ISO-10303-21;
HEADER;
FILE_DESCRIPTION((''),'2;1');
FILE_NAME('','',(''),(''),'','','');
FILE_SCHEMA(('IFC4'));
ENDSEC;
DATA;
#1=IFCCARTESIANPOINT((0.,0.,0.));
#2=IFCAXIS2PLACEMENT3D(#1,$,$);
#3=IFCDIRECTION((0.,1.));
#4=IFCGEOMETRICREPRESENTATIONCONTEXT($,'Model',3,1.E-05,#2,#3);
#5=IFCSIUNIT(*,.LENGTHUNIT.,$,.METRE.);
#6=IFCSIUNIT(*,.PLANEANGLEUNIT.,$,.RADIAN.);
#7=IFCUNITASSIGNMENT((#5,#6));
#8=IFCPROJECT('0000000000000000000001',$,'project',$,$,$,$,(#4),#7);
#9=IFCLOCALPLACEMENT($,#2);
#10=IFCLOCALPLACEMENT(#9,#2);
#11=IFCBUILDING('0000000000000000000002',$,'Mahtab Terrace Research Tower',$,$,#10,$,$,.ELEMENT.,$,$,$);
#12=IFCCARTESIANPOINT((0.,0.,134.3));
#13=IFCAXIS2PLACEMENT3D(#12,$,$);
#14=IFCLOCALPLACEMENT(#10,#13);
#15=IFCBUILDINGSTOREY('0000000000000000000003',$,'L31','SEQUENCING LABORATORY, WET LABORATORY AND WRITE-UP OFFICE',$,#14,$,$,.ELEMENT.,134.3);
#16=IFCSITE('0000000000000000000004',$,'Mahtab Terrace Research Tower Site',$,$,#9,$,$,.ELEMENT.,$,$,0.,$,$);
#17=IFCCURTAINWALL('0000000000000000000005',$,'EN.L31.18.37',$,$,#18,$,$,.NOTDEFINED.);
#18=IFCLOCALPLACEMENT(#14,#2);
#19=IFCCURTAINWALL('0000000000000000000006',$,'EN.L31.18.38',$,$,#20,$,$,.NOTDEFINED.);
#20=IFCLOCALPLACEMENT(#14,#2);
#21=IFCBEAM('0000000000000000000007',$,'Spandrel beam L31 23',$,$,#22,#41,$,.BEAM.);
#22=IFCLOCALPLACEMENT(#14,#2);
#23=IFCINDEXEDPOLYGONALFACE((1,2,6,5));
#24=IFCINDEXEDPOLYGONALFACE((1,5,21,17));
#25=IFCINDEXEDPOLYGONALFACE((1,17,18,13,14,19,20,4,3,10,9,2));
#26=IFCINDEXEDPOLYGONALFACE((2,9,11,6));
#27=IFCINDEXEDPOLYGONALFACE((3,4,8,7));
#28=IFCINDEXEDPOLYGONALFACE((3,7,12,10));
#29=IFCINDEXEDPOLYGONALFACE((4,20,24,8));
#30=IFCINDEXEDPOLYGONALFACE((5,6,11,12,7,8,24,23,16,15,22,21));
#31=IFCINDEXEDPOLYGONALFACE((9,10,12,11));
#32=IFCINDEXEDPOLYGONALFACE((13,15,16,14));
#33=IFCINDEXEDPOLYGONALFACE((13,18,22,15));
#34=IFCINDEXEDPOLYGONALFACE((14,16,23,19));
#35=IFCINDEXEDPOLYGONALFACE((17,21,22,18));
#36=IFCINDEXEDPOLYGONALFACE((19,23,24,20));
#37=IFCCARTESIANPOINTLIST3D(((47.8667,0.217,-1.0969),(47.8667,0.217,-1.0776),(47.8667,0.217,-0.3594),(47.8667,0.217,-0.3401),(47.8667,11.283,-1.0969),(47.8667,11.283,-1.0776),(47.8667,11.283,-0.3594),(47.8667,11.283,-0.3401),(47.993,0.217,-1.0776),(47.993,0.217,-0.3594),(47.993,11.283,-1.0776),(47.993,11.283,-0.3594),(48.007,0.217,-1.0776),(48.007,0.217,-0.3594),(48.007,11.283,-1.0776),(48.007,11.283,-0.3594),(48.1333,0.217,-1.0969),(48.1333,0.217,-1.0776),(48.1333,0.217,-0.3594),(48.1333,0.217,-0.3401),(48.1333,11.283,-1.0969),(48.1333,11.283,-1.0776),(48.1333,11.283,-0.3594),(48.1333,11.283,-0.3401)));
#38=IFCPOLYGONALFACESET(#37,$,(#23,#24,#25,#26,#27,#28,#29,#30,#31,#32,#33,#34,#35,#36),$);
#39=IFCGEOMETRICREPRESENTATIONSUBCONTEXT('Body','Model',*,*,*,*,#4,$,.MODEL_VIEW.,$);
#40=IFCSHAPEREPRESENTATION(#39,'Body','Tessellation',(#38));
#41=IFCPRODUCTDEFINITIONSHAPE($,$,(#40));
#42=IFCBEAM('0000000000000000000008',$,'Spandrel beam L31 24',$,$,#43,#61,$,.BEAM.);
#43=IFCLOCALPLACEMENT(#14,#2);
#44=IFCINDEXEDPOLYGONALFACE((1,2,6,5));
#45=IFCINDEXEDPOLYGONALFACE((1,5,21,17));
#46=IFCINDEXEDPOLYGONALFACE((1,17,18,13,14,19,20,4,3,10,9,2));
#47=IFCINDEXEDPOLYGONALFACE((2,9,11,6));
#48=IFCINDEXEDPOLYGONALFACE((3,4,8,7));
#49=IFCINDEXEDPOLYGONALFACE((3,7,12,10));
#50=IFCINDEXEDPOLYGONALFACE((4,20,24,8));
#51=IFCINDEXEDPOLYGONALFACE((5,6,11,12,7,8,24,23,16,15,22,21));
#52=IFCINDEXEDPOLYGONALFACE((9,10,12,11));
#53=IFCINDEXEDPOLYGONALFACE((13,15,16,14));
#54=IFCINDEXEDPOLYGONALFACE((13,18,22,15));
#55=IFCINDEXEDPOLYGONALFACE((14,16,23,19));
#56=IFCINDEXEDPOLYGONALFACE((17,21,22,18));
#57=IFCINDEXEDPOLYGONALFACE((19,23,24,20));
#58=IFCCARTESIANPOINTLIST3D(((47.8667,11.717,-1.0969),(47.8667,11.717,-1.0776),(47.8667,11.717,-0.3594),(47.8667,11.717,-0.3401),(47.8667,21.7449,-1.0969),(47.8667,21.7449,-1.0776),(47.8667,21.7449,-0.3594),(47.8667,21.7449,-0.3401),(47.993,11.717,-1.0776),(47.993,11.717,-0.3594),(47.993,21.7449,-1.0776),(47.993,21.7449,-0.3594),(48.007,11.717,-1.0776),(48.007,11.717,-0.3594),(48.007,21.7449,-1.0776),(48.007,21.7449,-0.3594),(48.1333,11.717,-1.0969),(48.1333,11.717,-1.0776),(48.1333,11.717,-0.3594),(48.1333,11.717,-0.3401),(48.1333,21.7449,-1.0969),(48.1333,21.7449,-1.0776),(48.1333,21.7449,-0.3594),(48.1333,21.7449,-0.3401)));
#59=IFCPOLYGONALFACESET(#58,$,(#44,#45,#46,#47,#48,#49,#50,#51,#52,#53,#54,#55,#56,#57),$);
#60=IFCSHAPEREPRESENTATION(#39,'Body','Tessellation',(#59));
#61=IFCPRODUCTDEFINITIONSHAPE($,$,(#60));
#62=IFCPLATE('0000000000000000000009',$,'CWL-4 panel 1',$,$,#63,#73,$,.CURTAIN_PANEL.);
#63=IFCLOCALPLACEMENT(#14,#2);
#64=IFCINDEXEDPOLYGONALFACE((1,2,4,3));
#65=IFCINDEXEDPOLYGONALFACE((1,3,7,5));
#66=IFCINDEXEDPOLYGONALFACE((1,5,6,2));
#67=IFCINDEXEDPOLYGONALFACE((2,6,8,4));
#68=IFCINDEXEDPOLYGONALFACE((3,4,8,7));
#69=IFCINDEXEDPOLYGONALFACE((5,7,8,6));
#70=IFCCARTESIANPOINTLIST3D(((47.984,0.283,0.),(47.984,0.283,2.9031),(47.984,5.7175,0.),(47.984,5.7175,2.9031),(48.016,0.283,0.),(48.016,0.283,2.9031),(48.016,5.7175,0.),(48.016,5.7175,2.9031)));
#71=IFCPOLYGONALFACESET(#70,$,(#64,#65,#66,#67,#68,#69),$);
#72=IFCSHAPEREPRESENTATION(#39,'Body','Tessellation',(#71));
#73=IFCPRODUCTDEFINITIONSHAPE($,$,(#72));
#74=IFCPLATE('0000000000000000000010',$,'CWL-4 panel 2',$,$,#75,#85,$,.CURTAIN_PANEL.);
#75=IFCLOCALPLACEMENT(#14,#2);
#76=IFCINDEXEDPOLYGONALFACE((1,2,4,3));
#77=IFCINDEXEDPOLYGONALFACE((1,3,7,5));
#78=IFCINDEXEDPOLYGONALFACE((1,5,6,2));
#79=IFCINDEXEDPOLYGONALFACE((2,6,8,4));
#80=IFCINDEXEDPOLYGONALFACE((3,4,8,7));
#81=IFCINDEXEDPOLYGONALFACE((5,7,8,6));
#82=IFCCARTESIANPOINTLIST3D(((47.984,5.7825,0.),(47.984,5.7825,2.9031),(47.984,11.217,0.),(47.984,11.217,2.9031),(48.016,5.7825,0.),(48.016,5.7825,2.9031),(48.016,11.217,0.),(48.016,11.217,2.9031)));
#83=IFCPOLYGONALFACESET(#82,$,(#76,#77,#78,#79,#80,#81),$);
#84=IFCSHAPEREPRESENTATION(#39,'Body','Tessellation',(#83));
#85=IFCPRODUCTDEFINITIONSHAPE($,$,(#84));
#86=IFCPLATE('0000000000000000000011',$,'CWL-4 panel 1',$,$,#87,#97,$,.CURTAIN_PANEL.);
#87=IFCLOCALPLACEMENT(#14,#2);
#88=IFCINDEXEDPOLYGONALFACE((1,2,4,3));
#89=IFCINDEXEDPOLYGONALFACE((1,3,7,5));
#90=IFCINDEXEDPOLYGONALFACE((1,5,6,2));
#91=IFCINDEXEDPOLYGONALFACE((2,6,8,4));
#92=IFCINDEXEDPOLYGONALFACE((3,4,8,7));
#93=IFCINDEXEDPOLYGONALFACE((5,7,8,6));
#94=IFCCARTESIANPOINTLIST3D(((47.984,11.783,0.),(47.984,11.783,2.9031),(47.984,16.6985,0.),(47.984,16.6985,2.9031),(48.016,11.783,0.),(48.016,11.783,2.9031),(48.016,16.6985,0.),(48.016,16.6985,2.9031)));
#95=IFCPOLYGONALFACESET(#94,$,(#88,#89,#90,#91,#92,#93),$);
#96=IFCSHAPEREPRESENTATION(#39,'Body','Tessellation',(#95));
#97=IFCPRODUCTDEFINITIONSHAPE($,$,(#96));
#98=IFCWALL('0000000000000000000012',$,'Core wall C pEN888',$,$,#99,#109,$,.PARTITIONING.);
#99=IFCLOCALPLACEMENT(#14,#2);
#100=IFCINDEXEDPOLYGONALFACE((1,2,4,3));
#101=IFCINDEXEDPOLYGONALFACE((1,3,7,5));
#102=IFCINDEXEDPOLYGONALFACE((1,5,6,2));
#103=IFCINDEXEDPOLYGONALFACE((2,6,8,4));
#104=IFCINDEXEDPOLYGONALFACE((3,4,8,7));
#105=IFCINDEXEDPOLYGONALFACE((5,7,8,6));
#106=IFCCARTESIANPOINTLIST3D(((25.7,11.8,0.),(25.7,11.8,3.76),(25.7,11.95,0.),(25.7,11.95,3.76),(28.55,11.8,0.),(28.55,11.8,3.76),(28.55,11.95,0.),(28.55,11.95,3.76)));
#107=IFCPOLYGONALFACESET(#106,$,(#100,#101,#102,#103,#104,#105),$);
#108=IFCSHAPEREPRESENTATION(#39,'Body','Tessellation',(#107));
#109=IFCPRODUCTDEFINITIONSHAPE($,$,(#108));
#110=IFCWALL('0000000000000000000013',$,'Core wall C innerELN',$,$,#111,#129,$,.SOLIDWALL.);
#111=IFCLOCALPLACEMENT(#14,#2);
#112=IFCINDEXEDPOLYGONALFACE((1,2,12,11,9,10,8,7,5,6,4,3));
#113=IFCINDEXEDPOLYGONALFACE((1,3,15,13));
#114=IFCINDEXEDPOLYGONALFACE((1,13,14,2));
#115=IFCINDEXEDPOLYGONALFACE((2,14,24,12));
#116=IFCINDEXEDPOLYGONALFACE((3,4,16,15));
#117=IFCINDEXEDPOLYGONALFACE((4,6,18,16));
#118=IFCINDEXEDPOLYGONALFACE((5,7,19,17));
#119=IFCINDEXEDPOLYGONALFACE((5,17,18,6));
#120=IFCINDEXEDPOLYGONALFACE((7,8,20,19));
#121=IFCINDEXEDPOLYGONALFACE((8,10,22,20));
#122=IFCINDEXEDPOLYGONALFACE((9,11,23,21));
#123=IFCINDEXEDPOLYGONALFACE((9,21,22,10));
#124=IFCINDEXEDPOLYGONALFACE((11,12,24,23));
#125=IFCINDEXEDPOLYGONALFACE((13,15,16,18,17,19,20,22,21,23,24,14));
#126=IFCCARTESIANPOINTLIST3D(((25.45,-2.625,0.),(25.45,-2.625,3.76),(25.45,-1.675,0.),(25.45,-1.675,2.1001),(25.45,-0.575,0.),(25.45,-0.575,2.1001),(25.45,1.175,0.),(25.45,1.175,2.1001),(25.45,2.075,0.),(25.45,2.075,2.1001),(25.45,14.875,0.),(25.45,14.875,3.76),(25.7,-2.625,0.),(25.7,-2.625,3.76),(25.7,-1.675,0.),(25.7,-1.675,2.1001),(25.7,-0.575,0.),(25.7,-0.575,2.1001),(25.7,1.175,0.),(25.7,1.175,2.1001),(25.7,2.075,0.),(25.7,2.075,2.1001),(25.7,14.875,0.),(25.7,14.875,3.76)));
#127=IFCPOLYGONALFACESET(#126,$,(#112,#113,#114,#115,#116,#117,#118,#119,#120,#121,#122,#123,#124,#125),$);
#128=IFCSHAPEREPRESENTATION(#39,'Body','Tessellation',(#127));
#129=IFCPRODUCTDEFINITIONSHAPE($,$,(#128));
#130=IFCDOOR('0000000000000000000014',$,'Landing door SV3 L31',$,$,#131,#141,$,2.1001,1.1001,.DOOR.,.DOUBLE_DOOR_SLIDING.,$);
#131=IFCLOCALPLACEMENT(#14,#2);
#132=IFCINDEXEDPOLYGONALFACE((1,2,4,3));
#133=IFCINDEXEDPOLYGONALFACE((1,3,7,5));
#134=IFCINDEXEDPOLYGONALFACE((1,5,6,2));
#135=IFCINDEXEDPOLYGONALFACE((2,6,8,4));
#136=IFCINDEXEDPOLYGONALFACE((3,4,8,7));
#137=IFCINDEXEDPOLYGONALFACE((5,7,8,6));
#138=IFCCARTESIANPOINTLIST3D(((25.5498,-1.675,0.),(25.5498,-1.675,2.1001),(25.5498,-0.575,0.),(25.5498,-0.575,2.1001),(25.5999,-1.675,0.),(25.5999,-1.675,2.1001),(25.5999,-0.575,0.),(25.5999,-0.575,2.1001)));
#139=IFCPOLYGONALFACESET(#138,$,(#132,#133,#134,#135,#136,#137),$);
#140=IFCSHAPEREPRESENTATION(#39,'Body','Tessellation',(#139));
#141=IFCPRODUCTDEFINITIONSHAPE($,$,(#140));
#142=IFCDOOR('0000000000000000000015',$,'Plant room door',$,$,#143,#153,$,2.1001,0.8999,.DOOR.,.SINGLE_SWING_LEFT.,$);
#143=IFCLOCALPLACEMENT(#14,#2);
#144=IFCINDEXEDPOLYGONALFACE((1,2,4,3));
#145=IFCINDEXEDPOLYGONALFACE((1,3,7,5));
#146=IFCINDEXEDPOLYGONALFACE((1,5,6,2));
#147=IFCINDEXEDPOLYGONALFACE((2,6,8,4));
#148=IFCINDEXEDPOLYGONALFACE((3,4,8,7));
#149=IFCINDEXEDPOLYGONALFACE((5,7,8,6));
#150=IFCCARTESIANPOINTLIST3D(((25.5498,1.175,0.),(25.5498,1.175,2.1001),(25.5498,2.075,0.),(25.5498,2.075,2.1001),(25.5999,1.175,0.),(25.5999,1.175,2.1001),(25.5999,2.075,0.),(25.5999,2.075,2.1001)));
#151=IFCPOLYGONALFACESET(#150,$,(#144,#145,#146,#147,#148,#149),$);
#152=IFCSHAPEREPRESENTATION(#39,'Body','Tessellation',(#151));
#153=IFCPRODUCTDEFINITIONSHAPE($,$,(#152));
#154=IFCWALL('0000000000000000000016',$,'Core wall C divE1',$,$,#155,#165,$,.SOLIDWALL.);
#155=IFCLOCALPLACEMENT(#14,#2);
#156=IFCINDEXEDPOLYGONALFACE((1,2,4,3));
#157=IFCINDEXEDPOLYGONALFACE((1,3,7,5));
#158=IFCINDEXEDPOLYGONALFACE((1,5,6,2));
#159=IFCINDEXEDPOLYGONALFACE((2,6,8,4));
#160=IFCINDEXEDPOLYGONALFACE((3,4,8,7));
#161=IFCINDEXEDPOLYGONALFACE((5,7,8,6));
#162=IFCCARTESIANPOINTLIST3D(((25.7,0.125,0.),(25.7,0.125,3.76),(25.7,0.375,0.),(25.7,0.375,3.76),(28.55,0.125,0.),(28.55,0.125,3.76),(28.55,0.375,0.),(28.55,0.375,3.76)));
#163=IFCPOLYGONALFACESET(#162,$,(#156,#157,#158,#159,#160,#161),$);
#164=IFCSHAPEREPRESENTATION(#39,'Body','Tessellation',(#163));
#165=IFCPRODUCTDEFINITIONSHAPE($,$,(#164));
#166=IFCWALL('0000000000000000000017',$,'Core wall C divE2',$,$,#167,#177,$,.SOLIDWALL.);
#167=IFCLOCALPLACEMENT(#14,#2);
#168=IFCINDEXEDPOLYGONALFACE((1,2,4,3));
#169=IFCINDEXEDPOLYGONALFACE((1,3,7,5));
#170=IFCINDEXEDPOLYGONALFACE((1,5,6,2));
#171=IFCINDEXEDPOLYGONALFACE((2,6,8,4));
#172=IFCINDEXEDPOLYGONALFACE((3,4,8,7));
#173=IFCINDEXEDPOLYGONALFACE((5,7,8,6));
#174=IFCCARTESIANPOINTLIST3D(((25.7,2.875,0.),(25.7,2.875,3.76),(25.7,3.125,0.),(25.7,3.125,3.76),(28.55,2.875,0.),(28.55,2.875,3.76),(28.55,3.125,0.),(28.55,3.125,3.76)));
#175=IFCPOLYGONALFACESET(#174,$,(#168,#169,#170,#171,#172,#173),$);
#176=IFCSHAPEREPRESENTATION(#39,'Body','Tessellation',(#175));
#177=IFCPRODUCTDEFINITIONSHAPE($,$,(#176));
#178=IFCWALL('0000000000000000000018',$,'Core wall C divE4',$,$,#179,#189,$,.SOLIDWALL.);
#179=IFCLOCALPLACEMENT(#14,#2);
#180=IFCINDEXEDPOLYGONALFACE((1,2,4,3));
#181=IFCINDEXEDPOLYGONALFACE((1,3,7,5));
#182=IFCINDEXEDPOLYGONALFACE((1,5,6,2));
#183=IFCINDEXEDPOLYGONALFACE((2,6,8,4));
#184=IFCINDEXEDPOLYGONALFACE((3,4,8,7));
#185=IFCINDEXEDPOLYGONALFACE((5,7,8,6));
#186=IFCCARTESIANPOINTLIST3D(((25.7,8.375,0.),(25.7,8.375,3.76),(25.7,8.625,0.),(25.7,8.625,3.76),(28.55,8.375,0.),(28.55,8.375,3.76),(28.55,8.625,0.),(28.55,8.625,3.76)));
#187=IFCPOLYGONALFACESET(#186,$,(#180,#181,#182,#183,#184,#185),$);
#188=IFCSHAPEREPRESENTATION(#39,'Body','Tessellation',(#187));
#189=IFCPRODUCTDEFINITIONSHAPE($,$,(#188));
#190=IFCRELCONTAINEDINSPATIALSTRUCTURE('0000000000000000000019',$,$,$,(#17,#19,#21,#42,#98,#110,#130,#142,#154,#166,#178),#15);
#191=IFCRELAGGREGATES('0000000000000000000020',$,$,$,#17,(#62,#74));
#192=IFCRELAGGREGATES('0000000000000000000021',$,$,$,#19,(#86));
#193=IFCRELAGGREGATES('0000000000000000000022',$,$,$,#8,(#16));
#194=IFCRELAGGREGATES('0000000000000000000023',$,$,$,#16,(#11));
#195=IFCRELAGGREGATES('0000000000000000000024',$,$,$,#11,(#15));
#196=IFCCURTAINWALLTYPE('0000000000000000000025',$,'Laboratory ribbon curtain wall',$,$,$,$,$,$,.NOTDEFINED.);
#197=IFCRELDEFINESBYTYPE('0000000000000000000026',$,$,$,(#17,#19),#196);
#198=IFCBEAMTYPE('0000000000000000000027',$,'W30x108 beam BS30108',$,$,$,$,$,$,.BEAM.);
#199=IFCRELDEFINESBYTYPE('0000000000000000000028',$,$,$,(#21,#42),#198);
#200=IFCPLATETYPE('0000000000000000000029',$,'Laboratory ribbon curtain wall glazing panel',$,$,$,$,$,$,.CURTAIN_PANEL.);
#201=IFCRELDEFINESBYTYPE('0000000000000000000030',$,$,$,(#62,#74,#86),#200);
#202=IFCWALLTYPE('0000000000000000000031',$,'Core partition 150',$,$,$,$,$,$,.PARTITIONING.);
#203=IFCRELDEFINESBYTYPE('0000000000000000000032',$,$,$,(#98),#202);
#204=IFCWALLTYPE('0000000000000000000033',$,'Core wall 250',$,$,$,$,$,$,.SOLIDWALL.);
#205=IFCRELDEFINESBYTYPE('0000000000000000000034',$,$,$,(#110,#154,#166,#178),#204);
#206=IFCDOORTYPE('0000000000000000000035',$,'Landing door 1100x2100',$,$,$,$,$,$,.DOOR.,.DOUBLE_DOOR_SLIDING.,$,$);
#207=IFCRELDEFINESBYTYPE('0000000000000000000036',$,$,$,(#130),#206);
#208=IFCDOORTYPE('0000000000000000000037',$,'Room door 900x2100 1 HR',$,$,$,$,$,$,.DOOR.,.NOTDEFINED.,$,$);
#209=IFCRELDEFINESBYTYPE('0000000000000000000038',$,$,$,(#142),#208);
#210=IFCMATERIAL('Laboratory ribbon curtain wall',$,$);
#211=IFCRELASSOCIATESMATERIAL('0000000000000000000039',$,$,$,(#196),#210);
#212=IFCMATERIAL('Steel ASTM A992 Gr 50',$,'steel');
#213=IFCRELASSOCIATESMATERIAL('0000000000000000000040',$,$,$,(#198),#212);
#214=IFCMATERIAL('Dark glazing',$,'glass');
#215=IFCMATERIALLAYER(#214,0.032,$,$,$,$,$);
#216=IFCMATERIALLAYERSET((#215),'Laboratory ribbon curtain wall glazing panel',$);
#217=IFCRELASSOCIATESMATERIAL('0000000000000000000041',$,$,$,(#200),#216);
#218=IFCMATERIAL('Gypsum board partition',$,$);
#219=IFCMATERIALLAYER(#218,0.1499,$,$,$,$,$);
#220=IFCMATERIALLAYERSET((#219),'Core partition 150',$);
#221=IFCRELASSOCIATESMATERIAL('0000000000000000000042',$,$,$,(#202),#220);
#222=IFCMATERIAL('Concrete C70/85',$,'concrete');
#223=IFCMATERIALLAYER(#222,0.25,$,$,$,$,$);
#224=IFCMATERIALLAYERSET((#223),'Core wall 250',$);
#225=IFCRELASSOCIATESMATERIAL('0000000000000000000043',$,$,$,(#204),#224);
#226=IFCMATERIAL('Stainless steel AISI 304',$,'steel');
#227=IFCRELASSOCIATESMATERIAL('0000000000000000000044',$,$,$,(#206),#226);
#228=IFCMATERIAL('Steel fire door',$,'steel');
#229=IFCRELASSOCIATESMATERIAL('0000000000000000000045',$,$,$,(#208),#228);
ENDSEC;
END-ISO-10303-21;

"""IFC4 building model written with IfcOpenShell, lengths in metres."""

from ifc_helpers import new_model, si_unit, direction, frame, frame_2d, origin, origin_2d, place, context, subcontext, project, spatial, rectangle, i_section, extrude, material, layer, layer_set, material_profile, profile_set, type_object, element, fill, aggregate, save


model = new_model("IFC4")

# Units and contexts
model_context = context("Model", 3, precision=1e-05, world=origin(), true_north=direction((0.0, 1.0)))
body_context = subcontext(model_context, "Body", "Model", "MODEL_VIEW")
ifc_project = project(units=[si_unit("LENGTHUNIT", "METRE"), si_unit("PLANEANGLEUNIT", "RADIAN")], contexts=[model_context])

# Site, building, storey
site_placement = place(None, origin())
site = spatial("IfcSite", under=ifc_project, at=site_placement, Name="Mahtab Terrace Research Tower Site", CompositionType="ELEMENT", RefElevation=0.0)
building_placement = place(site_placement, origin())
building = spatial("IfcBuilding", under=site, at=building_placement, Name="Mahtab Terrace Research Tower", CompositionType="ELEMENT")
storey_placement = place(building_placement, frame((0.0, 0.0, 134.3)))
storey = spatial("IfcBuildingStorey", under=building, at=storey_placement, Name="L31", Description="SEQUENCING LABORATORY, WET LABORATORY AND WRITE-UP OFFICE", CompositionType="ELEMENT", Elevation=134.3)

# Shared definitions
ifc_material_1 = material(Name="Concrete C70/85", Category="concrete")
ifc_material_2 = material(Name="Steel ASTM A992 Gr 50", Category="steel")

# Curtain walls
ifc_material_3 = material(Name="Laboratory ribbon curtain wall")
curtain_wall_type = type_object("IfcCurtainWallType", Name="Laboratory ribbon curtain wall", PredefinedType="NOTDEFINED", material=ifc_material_3)
curtain_wall_1_placement = place(storey_placement, origin())
curtain_wall_1 = element("IfcCurtainWall", 1, at=curtain_wall_1_placement, inside=storey, type_object=curtain_wall_type, Name="EN.L31.18.37", PredefinedType="NOTDEFINED")
curtain_wall_2_placement = place(storey_placement, origin())
curtain_wall_2 = element("IfcCurtainWall", 2, at=curtain_wall_2_placement, inside=storey, type_object=curtain_wall_type, Name="EN.L31.18.38", PredefinedType="NOTDEFINED")

# Beams
ifc_material_profile_1 = material_profile(ifc_material_2, i_section(OverallWidth=0.2666, OverallDepth=0.7568, WebThickness=0.0139, FlangeThickness=0.0193, at=origin_2d()), Name="W30X108")
ifc_profile_set_1 = profile_set([ifc_material_profile_1], Name="Steel ASTM A992 Gr 50")
beam_type = type_object("IfcBeamType", Name="W30x108 beam BS30108", PredefinedType="BEAM", material=ifc_profile_set_1)
beam_1_placement = place(storey_placement, frame((48.0, 0.217, -0.7185), z_axis=(0.0, 1.0, 0.0), x_axis=(-1.0, 0.0, 0.0)))
element("IfcBeam", 3, at=beam_1_placement, inside=storey, type_object=beam_type, Name="Spandrel beam L31 23", PredefinedType="BEAM", context=body_context, shape_type="SweptSolid", body=[
    extrude(i_section(OverallWidth=0.2666, OverallDepth=0.7568, WebThickness=0.0139, FlangeThickness=0.0193, at=origin_2d()), origin(), (0.0, 0.0, 1.0), 11.0659),
])
beam_2_placement = place(storey_placement, frame((48.0, 11.717, -0.7185), z_axis=(0.0, 1.0, 0.0), x_axis=(-1.0, 0.0, 0.0)))
element("IfcBeam", 4, at=beam_2_placement, inside=storey, type_object=beam_type, Name="Spandrel beam L31 24", PredefinedType="BEAM", context=body_context, shape_type="SweptSolid", body=[
    extrude(i_section(OverallWidth=0.2666, OverallDepth=0.7568, WebThickness=0.0139, FlangeThickness=0.0193, at=origin_2d()), origin(), (0.0, 0.0, 1.0), 10.0278),
])

# Plates
ifc_material_4 = material(Name="Dark glazing", Category="glass")
ifc_layer_1 = layer(ifc_material_4, 0.032)
ifc_layer_set_1 = layer_set([ifc_layer_1], Name="Laboratory ribbon curtain wall glazing panel")
plate_type = type_object("IfcPlateType", Name="Laboratory ribbon curtain wall glazing panel", PredefinedType="CURTAIN_PANEL", material=ifc_layer_set_1)
plate_1_placement = place(storey_placement, frame((48.0, 3.0002, 0.0), z_axis=(0.0, 0.0, 1.0), x_axis=(0.0, 1.0, 0.0)))
plate_1 = element("IfcPlate", 5, at=plate_1_placement, type_object=plate_type, Name="CWL-4 panel 1", PredefinedType="CURTAIN_PANEL", context=body_context, shape_type="SweptSolid", body=[
    extrude(rectangle(XDim=5.4346, YDim=0.032, at=origin_2d()), origin(), (0.0, 0.0, 1.0), 2.9031),
])
plate_2_placement = place(storey_placement, frame((48.0, 8.4998, 0.0), z_axis=(0.0, 0.0, 1.0), x_axis=(0.0, 1.0, 0.0)))
plate_2 = element("IfcPlate", 6, at=plate_2_placement, type_object=plate_type, Name="CWL-4 panel 2", PredefinedType="CURTAIN_PANEL", context=body_context, shape_type="SweptSolid", body=[
    extrude(rectangle(XDim=5.4346, YDim=0.032, at=origin_2d()), origin(), (0.0, 0.0, 1.0), 2.9031),
])
aggregate(curtain_wall_1, [plate_1, plate_2])
plate_3_placement = place(storey_placement, frame((48.0, 14.2407, 0.0), z_axis=(0.0, 0.0, 1.0), x_axis=(0.0, 1.0, 0.0)))
plate_3 = element("IfcPlate", 7, at=plate_3_placement, type_object=plate_type, Name="CWL-4 panel 1", PredefinedType="CURTAIN_PANEL", context=body_context, shape_type="SweptSolid", body=[
    extrude(rectangle(XDim=4.9155, YDim=0.032, at=origin_2d()), origin(), (0.0, 0.0, 1.0), 2.9031),
])
aggregate(curtain_wall_2, [plate_3])

# Wall
ifc_material_5 = material(Name="Gypsum board partition")
ifc_layer_2 = layer(ifc_material_5, 0.1499)
ifc_layer_set_2 = layer_set([ifc_layer_2], Name="Core partition 150")
wall_type_1 = type_object("IfcWallType", Name="Core partition 150", PredefinedType="PARTITIONING", material=ifc_layer_set_2)
wall_1_placement = place(storey_placement, frame((25.7, 11.875, 0.0), z_axis=(0.0, 0.0, 1.0), x_axis=(1.0, 0.0, 0.0)))
element("IfcWall", 8, at=wall_1_placement, inside=storey, type_object=wall_type_1, Name="Core wall C pEN888", PredefinedType="PARTITIONING", context=body_context, shape_type="SweptSolid", body=[
    extrude(rectangle(XDim=2.8501, YDim=0.1499, at=frame_2d((1.425, 0.0))), origin(), (0.0, 0.0, 1.0), 3.76),
])

# Wall, openings, doors
ifc_layer_3 = layer(ifc_material_1, 0.25)
ifc_layer_set_3 = layer_set([ifc_layer_3], Name="Core wall 250")
wall_type_2 = type_object("IfcWallType", Name="Core wall 250", PredefinedType="SOLIDWALL", material=ifc_layer_set_3)
wall_2_placement = place(storey_placement, frame((25.575, 14.875, 0.0), z_axis=(0.0, 0.0, 1.0), x_axis=(0.0, -1.0, 0.0)))
wall_2 = element("IfcWall", 9, at=wall_2_placement, inside=storey, type_object=wall_type_2, Name="Core wall C innerELN", PredefinedType="SOLIDWALL", context=body_context, shape_type="SweptSolid", body=[
    extrude(rectangle(XDim=17.5, YDim=0.25, at=frame_2d((8.75, 0.0))), origin(), (0.0, 0.0, 1.0), 3.76),
])
opening_1_placement = place(wall_2_placement, frame((15.45, 0.0, 0.0)))
opening_1 = element("IfcOpeningElement", 10, at=opening_1_placement, cuts=wall_2, PredefinedType="OPENING", context=body_context, shape_type="SweptSolid", body=[
    extrude(rectangle(XDim=1.1001, YDim=2.1001, at=frame_2d((0.55, 1.05))), frame((0.0, 0.135, 0.0), z_axis=(0.0, -1.0, 0.0), x_axis=(1.0, 0.0, 0.0)), (0.0, 0.0, 1.0), 0.27),
])
opening_2_placement = place(wall_2_placement, frame((12.8, 0.0, 0.0)))
opening_2 = element("IfcOpeningElement", 11, at=opening_2_placement, cuts=wall_2, PredefinedType="OPENING", context=body_context, shape_type="SweptSolid", body=[
    extrude(rectangle(XDim=0.8999, YDim=2.1001, at=frame_2d((0.45, 1.05))), frame((0.0, 0.135, 0.0), z_axis=(0.0, -1.0, 0.0), x_axis=(1.0, 0.0, 0.0)), (0.0, 0.0, 1.0), 0.27),
])
ifc_material_6 = material(Name="Stainless steel AISI 304", Category="steel")
door_type_1 = type_object("IfcDoorType", Name="Landing door 1100x2100", OperationType="DOUBLE_DOOR_SLIDING", PredefinedType="DOOR", material=ifc_material_6)
door_1_placement = place(opening_1_placement, origin())
door_1 = element("IfcDoor", 12, at=door_1_placement, inside=storey, type_object=door_type_1, Name="Landing door SV3 L31", OperationType="DOUBLE_DOOR_SLIDING", OverallHeight=2.1001, OverallWidth=1.1001, PredefinedType="DOOR", context=body_context, shape_type="SweptSolid", body=[
    extrude(rectangle(XDim=1.1001, YDim=2.1001, at=frame_2d((0.55, 1.05))), frame((0.0, 0.0249, 0.0), z_axis=(0.0, -1.0, 0.0), x_axis=(1.0, 0.0, 0.0)), (0.0, 0.0, 1.0), 0.05),
])
fill(opening_1, door_1)
ifc_material_7 = material(Name="Steel fire door", Category="steel")
door_type_2 = type_object("IfcDoorType", Name="Room door 900x2100 1 HR", OperationType="NOTDEFINED", PredefinedType="DOOR", material=ifc_material_7)
door_2_placement = place(opening_2_placement, origin())
door_2 = element("IfcDoor", 13, at=door_2_placement, inside=storey, type_object=door_type_2, Name="Plant room door", OperationType="SINGLE_SWING_LEFT", OverallHeight=2.1001, OverallWidth=0.8999, PredefinedType="DOOR", context=body_context, shape_type="SweptSolid", body=[
    extrude(rectangle(XDim=0.8999, YDim=2.1001, at=frame_2d((0.45, 1.05))), frame((0.0, 0.0249, 0.0), z_axis=(0.0, -1.0, 0.0), x_axis=(1.0, 0.0, 0.0)), (0.0, 0.0, 1.0), 0.05),
])
fill(opening_2, door_2)

# Walls
for number, where, z_axis, x_axis, name in (
    (14, (25.7, 0.25, 0.0), (0.0, 0.0, 1.0), (1.0, 0.0, 0.0), "Core wall C divE1"),
    (15, (25.7, 3.0, 0.0), (0.0, 0.0, 1.0), (1.0, 0.0, 0.0), "Core wall C divE2"),
    (16, (25.7, 8.5, 0.0), (0.0, 0.0, 1.0), (1.0, 0.0, 0.0), "Core wall C divE4"),
):
    element("IfcWall", number, at=place(storey_placement, frame(where, z_axis=z_axis, x_axis=x_axis)), inside=storey, type_object=wall_type_2, Name=name, PredefinedType="SOLIDWALL", context=body_context, shape_type="SweptSolid", body=[
        extrude(rectangle(XDim=2.8501, YDim=0.25, at=frame_2d((1.425, 0.0))), origin(), (0.0, 0.0, 1.0), 3.76),
    ])

save(model, "model.ifc")
